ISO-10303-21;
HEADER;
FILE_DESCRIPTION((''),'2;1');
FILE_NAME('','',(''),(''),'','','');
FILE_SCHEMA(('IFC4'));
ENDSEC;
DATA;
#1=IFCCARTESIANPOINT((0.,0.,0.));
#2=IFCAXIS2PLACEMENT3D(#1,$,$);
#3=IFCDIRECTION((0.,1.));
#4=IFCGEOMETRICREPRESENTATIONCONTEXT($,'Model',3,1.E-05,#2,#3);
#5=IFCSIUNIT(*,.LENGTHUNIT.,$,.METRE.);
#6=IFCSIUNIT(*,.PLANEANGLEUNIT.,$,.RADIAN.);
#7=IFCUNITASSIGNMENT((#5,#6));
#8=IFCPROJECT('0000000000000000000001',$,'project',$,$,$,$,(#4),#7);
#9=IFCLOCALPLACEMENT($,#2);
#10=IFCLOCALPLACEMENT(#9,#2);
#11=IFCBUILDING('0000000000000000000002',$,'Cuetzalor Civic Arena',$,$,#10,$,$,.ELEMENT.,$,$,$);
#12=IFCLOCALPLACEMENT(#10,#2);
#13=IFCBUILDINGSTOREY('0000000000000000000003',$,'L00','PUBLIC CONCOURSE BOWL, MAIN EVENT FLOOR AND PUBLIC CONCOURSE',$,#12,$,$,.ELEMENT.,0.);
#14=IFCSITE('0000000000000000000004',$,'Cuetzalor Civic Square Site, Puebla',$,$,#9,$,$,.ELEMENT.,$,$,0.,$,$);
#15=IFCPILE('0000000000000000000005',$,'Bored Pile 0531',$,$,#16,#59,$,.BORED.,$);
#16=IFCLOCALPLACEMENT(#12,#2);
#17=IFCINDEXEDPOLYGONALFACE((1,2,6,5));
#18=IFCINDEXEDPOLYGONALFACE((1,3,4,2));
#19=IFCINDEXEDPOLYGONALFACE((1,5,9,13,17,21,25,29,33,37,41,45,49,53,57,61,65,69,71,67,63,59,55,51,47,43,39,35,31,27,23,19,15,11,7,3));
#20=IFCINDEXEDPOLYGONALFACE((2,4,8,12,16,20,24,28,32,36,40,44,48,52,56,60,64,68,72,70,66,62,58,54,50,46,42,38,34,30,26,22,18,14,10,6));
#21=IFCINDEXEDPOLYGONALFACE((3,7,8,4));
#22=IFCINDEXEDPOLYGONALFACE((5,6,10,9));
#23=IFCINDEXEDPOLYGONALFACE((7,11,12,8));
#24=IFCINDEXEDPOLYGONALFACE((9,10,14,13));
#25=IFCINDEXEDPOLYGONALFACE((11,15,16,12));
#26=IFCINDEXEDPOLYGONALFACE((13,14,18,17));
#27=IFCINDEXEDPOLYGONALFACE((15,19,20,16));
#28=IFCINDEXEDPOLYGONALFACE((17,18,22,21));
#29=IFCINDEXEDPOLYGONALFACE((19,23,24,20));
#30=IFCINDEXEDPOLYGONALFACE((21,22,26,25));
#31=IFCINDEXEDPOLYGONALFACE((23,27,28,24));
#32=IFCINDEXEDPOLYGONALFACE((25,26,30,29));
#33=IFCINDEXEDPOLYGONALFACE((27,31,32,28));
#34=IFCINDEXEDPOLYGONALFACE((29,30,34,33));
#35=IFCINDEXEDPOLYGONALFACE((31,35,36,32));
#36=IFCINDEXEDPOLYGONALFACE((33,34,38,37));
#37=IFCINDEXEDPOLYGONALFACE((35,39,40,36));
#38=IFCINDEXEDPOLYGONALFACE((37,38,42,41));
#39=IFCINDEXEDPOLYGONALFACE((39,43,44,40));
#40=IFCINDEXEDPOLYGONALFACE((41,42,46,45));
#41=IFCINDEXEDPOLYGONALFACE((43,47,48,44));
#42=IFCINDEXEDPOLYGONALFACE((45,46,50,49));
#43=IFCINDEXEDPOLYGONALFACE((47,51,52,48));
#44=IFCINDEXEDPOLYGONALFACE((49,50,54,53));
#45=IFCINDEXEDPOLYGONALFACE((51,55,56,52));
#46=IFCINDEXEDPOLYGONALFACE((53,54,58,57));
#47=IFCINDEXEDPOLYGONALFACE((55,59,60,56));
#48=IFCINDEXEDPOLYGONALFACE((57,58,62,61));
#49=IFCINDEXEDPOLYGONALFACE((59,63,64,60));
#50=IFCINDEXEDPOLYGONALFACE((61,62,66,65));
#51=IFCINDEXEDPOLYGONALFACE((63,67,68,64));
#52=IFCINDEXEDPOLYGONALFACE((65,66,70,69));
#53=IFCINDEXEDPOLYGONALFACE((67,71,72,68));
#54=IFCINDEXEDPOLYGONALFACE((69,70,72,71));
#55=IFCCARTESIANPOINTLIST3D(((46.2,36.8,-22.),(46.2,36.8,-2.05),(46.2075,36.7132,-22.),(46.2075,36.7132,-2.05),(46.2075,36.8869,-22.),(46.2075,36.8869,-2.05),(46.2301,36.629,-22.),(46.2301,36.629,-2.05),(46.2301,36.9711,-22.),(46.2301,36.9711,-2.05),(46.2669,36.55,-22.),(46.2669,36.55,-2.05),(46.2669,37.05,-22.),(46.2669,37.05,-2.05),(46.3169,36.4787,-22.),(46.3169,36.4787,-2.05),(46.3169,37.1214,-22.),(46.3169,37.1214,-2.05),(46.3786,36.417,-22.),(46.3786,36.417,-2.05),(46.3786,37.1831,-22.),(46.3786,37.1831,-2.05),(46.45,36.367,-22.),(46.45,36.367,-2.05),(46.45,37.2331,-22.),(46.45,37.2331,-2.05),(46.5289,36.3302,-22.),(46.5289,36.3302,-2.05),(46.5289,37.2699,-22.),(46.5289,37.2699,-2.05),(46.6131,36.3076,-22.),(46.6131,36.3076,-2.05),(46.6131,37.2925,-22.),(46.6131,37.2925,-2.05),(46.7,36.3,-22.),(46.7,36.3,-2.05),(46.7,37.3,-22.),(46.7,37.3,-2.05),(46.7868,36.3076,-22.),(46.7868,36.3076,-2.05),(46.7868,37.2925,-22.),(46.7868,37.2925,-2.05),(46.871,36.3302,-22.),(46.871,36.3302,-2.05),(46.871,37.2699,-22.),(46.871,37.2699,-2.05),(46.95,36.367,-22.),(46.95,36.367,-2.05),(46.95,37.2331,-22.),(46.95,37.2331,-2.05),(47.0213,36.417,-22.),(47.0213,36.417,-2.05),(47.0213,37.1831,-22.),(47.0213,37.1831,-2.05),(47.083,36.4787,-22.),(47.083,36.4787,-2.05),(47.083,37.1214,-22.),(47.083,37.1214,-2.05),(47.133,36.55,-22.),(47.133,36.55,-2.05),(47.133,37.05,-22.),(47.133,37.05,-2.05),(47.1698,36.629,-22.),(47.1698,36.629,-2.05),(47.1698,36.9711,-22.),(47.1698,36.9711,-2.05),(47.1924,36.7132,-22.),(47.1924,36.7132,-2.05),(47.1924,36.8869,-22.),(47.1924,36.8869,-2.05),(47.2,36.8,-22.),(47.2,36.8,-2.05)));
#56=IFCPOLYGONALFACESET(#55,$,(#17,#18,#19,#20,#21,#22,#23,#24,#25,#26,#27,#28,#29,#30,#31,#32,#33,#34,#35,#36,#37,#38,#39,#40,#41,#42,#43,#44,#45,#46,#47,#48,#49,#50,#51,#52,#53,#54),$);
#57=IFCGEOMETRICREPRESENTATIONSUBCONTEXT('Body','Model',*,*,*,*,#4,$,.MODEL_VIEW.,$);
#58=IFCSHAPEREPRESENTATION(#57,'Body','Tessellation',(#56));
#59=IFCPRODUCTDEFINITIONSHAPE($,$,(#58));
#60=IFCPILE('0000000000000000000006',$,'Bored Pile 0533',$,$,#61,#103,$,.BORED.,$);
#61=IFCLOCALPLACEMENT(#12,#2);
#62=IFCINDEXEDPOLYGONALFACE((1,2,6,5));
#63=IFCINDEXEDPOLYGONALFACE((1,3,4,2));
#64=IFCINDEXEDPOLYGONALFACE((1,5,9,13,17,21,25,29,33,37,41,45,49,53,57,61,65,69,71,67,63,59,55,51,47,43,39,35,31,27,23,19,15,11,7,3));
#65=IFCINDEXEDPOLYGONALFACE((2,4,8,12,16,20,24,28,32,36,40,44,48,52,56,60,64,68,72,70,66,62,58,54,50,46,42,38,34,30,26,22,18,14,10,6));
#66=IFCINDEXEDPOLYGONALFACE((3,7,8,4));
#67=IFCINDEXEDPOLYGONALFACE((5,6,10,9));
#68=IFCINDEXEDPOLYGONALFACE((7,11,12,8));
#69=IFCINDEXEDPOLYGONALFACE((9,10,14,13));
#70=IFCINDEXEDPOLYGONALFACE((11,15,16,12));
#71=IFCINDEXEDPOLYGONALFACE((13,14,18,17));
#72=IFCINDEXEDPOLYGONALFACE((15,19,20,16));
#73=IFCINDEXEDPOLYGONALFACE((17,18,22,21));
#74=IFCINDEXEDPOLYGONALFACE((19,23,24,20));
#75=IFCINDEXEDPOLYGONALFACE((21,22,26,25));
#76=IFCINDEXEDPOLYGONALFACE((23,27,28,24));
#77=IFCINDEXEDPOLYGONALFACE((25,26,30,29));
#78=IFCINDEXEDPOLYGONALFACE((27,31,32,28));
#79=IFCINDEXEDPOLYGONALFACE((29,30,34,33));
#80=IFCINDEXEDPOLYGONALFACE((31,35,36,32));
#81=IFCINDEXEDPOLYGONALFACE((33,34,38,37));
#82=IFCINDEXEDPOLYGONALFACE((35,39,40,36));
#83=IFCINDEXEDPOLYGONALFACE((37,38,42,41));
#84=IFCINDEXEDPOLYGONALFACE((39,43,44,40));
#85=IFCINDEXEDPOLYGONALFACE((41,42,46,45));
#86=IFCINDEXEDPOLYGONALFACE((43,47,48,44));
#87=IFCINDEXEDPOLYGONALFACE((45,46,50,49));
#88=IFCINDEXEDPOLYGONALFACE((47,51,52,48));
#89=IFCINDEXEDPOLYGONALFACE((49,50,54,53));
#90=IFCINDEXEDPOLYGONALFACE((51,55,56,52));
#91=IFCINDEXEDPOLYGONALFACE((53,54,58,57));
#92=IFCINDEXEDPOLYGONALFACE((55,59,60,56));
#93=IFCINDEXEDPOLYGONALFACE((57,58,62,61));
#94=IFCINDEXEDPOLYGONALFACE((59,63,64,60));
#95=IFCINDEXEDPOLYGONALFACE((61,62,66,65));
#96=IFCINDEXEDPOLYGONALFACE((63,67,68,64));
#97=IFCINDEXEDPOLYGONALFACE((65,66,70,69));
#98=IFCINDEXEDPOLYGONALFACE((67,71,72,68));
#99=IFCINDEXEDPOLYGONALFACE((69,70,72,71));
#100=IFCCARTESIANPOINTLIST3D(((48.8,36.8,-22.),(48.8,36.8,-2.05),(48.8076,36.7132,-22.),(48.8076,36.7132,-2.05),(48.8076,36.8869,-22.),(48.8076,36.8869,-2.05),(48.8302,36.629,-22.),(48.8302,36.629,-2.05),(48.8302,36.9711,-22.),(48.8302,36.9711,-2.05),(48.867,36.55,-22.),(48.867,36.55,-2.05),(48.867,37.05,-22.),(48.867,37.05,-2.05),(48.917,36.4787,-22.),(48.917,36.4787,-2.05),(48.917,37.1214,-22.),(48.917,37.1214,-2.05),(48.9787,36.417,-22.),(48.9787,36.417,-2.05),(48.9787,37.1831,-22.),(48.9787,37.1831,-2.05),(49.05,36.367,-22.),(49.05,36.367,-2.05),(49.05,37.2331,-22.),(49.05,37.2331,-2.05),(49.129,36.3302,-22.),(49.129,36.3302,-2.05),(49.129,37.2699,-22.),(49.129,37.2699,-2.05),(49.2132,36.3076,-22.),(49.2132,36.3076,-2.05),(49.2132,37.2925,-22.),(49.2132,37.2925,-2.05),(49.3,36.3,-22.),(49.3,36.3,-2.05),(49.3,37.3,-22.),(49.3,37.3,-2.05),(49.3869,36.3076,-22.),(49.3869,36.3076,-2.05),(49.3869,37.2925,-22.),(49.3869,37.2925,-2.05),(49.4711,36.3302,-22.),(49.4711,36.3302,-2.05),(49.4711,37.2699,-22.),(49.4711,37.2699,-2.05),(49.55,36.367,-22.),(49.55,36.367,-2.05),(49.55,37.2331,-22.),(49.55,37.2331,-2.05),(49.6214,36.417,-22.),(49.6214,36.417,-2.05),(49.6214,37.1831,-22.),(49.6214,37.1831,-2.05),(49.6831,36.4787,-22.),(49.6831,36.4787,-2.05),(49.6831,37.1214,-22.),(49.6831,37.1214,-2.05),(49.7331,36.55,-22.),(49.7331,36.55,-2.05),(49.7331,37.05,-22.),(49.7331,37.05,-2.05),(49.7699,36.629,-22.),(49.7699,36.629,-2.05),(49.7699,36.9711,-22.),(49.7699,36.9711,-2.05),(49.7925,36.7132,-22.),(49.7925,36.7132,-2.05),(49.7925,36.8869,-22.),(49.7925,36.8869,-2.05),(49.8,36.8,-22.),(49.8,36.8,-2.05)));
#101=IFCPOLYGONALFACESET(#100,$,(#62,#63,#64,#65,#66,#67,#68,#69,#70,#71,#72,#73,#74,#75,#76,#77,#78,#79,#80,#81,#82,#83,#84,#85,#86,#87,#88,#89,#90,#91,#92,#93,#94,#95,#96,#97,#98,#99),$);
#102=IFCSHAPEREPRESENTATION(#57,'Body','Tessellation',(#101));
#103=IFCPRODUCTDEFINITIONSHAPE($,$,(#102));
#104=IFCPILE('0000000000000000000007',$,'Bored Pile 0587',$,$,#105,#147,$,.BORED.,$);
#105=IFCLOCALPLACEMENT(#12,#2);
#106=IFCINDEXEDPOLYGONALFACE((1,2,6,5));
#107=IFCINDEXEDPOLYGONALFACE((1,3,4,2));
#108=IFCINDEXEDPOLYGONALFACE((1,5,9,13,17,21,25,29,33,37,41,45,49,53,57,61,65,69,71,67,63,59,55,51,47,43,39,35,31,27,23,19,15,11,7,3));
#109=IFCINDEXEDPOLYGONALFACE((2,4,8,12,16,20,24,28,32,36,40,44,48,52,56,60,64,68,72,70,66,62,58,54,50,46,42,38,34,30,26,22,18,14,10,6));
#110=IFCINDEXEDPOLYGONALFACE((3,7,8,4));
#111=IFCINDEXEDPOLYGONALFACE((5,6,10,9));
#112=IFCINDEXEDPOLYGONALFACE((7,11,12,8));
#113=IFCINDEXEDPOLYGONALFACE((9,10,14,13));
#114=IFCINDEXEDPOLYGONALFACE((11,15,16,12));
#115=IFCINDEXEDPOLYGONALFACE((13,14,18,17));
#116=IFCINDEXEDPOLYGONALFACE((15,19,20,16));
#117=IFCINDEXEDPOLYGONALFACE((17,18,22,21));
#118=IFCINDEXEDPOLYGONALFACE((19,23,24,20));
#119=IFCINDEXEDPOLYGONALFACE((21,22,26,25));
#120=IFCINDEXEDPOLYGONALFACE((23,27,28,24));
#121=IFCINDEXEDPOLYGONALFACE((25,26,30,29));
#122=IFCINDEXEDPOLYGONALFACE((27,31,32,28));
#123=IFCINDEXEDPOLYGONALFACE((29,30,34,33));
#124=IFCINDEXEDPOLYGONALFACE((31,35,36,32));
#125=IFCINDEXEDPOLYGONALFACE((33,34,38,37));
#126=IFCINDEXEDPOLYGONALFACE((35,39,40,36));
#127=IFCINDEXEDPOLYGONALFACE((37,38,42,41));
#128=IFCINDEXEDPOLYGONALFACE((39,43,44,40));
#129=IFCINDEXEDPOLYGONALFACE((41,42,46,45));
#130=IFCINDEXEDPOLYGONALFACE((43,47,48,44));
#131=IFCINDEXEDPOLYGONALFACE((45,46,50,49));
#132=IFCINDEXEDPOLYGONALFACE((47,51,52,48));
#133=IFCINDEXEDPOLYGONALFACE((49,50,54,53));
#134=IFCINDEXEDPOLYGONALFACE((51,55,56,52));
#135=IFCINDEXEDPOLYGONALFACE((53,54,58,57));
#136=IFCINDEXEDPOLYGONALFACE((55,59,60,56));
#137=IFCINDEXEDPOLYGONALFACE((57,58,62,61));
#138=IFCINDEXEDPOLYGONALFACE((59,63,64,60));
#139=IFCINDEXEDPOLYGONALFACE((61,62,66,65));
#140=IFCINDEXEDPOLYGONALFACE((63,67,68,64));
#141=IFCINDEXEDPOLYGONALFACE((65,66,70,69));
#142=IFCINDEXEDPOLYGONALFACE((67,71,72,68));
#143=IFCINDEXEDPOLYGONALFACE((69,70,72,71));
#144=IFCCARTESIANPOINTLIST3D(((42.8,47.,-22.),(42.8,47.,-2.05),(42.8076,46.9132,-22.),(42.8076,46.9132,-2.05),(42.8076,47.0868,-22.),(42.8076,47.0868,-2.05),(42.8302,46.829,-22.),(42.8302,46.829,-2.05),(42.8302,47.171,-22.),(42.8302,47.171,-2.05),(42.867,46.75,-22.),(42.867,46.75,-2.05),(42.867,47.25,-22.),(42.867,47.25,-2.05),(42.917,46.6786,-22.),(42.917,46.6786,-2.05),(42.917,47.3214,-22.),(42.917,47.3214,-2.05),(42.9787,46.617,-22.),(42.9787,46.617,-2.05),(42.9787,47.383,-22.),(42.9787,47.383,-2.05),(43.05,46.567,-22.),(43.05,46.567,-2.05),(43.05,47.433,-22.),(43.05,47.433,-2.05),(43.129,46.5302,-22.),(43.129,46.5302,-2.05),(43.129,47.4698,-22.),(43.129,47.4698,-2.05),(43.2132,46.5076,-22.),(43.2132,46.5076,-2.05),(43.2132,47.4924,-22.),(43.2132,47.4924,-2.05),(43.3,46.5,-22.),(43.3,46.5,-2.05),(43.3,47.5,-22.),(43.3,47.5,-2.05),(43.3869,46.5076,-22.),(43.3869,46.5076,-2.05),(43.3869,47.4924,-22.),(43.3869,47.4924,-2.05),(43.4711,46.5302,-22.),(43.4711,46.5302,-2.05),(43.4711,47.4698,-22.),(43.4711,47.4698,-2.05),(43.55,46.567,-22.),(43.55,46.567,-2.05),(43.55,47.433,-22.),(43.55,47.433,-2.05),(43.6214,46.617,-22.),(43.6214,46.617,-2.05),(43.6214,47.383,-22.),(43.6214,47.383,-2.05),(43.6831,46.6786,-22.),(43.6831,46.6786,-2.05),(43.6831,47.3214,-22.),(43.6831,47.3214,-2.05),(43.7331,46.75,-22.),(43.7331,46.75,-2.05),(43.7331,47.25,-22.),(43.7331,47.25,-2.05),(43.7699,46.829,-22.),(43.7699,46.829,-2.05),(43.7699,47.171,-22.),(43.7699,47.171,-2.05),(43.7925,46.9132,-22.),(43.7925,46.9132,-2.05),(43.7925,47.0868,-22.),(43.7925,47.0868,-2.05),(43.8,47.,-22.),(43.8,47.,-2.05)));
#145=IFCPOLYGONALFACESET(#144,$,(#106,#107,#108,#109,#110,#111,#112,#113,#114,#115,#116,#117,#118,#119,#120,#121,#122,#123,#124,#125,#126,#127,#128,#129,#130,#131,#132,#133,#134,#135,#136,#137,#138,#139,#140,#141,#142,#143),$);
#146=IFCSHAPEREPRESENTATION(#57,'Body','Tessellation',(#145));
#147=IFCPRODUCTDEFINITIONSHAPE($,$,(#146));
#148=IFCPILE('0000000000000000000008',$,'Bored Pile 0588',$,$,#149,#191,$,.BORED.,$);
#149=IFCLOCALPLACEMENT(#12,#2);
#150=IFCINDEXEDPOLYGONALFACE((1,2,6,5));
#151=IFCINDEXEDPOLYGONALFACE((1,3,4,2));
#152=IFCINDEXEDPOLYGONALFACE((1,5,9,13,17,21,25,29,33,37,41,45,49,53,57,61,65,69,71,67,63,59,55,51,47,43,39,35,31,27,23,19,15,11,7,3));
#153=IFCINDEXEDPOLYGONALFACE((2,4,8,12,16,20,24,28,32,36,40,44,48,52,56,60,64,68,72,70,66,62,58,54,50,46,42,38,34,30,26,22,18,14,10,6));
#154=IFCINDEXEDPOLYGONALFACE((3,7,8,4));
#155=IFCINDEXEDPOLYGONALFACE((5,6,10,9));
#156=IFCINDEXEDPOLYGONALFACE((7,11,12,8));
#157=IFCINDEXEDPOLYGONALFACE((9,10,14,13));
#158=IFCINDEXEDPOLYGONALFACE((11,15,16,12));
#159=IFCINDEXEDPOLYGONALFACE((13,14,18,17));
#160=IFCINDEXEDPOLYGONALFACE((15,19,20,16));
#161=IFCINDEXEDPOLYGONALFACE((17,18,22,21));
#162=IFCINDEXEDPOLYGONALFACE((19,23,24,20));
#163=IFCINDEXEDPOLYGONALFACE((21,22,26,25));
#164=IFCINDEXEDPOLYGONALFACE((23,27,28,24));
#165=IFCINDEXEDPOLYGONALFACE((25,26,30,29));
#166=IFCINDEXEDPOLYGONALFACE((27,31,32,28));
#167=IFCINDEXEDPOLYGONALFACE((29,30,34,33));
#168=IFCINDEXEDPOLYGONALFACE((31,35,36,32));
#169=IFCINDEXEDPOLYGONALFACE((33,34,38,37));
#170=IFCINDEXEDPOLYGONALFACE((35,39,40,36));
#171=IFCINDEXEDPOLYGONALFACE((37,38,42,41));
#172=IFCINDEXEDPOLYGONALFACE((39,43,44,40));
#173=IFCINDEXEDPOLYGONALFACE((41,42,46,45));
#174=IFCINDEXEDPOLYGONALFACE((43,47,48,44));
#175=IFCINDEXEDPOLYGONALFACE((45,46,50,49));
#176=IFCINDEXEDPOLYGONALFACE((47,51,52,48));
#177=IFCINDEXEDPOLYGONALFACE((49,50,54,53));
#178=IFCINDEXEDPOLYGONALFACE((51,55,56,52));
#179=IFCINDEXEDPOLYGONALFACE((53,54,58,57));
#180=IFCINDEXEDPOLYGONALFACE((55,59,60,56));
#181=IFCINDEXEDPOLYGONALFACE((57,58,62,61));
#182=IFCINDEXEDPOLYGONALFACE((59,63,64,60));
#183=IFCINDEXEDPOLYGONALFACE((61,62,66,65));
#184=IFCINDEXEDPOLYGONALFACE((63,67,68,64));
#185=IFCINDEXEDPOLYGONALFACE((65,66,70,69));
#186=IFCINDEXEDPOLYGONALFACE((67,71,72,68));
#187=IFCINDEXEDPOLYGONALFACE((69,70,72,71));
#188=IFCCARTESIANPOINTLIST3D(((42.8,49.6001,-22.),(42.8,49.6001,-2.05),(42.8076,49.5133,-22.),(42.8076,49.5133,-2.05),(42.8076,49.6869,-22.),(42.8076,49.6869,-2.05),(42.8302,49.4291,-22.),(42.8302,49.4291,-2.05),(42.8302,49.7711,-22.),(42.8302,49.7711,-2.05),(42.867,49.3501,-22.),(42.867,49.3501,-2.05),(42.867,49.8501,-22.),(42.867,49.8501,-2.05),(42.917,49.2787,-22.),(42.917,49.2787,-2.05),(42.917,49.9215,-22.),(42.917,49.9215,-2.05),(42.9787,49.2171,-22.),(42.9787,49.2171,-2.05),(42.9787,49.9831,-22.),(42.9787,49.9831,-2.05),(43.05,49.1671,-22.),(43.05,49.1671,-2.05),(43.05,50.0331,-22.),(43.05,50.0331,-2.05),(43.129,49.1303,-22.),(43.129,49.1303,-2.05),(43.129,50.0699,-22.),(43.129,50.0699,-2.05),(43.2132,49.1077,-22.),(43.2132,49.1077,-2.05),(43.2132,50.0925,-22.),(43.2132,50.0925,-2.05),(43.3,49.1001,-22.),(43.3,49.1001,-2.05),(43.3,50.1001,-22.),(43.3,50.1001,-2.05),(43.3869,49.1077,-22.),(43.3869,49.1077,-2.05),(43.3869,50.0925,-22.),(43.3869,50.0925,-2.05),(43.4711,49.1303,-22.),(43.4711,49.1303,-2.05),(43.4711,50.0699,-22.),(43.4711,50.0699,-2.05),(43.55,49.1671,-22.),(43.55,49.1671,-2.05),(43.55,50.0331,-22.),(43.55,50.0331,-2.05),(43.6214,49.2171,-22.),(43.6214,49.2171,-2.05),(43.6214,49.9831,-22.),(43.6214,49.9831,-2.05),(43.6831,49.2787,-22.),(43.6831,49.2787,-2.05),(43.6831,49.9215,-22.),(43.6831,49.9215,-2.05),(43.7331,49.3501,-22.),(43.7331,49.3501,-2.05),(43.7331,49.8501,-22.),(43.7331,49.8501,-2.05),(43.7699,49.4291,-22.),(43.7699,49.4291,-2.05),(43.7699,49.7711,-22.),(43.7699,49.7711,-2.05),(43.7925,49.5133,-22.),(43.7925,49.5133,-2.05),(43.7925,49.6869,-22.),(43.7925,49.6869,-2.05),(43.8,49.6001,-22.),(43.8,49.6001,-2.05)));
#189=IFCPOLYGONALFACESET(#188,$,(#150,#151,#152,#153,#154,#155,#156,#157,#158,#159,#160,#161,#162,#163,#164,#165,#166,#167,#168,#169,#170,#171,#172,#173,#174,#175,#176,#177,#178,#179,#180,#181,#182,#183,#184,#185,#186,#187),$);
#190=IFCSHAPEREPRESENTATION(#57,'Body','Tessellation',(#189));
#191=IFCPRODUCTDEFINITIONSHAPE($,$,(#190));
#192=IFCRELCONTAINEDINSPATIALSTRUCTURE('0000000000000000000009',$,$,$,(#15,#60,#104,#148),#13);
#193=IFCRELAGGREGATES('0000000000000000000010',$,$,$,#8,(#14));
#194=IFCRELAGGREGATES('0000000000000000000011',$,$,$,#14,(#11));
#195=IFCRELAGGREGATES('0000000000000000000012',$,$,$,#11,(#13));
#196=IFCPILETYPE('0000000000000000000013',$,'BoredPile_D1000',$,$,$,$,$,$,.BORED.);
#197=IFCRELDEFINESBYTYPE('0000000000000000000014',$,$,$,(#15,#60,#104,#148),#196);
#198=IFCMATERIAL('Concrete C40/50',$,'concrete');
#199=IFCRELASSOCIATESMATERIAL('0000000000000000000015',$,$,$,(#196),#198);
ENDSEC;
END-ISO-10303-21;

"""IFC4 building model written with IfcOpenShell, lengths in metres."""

from ifc_helpers import new_model, si_unit, direction, frame, origin, origin_2d, place, context, subcontext, project, spatial, circle, extrude, material, material_profile, profile_set, type_object, element, save


model = new_model("IFC4")

# Units and contexts
model_context = context("Model", 3, precision=1e-05, world=origin(), true_north=direction((0.0, 1.0)))
body_context = subcontext(model_context, "Body", "Model", "MODEL_VIEW")
ifc_project = project(units=[si_unit("LENGTHUNIT", "METRE"), si_unit("PLANEANGLEUNIT", "RADIAN")], contexts=[model_context])

# Site, building, storey
site_placement = place(None, origin())
site = spatial("IfcSite", under=ifc_project, at=site_placement, Name="Cuetzalor Civic Square Site, Puebla", CompositionType="ELEMENT", RefElevation=0.0)
building_placement = place(site_placement, origin())
building = spatial("IfcBuilding", under=site, at=building_placement, Name="Cuetzalor Civic Arena", CompositionType="ELEMENT")
storey_placement = place(building_placement, origin())
storey = spatial("IfcBuildingStorey", under=building, at=storey_placement, Name="L00", Description="PUBLIC CONCOURSE BOWL, MAIN EVENT FLOOR AND PUBLIC CONCOURSE", CompositionType="ELEMENT", Elevation=0.0)

# Piles
ifc_material_1 = material(Name="Concrete C40/50", Category="concrete")
ifc_material_profile_1 = material_profile(ifc_material_1, circle(Radius=0.5, at=origin_2d()), Name="BORED PILE D1000")
ifc_profile_set_1 = profile_set([ifc_material_profile_1], Name="Concrete C40/50")
pile_type = type_object("IfcPileType", Name="BoredPile_D1000", PredefinedType="BORED", material=ifc_profile_set_1)
for number, where, z_axis, x_axis, name in (
    (1, (46.7, 36.8, -2.05), (0.0, 0.0, -1.0), (1.0, 0.0, 0.0), "Bored Pile 0531"),
    (2, (49.3, 36.8, -2.05), (0.0, 0.0, -1.0), (1.0, 0.0, 0.0), "Bored Pile 0533"),
    (3, (43.3, 47.0, -2.05), (0.0, 0.0, -1.0), (1.0, 0.0, 0.0), "Bored Pile 0587"),
    (4, (43.3, 49.6001, -2.05), (0.0, 0.0, -1.0), (1.0, 0.0, 0.0), "Bored Pile 0588"),
):
    element("IfcPile", number, at=place(storey_placement, frame(where, z_axis=z_axis, x_axis=x_axis)), inside=storey, type_object=pile_type, Name=name, PredefinedType="BORED", context=body_context, shape_type="SweptSolid", body=[
        extrude(circle(Radius=0.5, at=origin_2d()), origin(), (0.0, 0.0, 1.0), 19.95),
    ])

save(model, "model.ifc")
